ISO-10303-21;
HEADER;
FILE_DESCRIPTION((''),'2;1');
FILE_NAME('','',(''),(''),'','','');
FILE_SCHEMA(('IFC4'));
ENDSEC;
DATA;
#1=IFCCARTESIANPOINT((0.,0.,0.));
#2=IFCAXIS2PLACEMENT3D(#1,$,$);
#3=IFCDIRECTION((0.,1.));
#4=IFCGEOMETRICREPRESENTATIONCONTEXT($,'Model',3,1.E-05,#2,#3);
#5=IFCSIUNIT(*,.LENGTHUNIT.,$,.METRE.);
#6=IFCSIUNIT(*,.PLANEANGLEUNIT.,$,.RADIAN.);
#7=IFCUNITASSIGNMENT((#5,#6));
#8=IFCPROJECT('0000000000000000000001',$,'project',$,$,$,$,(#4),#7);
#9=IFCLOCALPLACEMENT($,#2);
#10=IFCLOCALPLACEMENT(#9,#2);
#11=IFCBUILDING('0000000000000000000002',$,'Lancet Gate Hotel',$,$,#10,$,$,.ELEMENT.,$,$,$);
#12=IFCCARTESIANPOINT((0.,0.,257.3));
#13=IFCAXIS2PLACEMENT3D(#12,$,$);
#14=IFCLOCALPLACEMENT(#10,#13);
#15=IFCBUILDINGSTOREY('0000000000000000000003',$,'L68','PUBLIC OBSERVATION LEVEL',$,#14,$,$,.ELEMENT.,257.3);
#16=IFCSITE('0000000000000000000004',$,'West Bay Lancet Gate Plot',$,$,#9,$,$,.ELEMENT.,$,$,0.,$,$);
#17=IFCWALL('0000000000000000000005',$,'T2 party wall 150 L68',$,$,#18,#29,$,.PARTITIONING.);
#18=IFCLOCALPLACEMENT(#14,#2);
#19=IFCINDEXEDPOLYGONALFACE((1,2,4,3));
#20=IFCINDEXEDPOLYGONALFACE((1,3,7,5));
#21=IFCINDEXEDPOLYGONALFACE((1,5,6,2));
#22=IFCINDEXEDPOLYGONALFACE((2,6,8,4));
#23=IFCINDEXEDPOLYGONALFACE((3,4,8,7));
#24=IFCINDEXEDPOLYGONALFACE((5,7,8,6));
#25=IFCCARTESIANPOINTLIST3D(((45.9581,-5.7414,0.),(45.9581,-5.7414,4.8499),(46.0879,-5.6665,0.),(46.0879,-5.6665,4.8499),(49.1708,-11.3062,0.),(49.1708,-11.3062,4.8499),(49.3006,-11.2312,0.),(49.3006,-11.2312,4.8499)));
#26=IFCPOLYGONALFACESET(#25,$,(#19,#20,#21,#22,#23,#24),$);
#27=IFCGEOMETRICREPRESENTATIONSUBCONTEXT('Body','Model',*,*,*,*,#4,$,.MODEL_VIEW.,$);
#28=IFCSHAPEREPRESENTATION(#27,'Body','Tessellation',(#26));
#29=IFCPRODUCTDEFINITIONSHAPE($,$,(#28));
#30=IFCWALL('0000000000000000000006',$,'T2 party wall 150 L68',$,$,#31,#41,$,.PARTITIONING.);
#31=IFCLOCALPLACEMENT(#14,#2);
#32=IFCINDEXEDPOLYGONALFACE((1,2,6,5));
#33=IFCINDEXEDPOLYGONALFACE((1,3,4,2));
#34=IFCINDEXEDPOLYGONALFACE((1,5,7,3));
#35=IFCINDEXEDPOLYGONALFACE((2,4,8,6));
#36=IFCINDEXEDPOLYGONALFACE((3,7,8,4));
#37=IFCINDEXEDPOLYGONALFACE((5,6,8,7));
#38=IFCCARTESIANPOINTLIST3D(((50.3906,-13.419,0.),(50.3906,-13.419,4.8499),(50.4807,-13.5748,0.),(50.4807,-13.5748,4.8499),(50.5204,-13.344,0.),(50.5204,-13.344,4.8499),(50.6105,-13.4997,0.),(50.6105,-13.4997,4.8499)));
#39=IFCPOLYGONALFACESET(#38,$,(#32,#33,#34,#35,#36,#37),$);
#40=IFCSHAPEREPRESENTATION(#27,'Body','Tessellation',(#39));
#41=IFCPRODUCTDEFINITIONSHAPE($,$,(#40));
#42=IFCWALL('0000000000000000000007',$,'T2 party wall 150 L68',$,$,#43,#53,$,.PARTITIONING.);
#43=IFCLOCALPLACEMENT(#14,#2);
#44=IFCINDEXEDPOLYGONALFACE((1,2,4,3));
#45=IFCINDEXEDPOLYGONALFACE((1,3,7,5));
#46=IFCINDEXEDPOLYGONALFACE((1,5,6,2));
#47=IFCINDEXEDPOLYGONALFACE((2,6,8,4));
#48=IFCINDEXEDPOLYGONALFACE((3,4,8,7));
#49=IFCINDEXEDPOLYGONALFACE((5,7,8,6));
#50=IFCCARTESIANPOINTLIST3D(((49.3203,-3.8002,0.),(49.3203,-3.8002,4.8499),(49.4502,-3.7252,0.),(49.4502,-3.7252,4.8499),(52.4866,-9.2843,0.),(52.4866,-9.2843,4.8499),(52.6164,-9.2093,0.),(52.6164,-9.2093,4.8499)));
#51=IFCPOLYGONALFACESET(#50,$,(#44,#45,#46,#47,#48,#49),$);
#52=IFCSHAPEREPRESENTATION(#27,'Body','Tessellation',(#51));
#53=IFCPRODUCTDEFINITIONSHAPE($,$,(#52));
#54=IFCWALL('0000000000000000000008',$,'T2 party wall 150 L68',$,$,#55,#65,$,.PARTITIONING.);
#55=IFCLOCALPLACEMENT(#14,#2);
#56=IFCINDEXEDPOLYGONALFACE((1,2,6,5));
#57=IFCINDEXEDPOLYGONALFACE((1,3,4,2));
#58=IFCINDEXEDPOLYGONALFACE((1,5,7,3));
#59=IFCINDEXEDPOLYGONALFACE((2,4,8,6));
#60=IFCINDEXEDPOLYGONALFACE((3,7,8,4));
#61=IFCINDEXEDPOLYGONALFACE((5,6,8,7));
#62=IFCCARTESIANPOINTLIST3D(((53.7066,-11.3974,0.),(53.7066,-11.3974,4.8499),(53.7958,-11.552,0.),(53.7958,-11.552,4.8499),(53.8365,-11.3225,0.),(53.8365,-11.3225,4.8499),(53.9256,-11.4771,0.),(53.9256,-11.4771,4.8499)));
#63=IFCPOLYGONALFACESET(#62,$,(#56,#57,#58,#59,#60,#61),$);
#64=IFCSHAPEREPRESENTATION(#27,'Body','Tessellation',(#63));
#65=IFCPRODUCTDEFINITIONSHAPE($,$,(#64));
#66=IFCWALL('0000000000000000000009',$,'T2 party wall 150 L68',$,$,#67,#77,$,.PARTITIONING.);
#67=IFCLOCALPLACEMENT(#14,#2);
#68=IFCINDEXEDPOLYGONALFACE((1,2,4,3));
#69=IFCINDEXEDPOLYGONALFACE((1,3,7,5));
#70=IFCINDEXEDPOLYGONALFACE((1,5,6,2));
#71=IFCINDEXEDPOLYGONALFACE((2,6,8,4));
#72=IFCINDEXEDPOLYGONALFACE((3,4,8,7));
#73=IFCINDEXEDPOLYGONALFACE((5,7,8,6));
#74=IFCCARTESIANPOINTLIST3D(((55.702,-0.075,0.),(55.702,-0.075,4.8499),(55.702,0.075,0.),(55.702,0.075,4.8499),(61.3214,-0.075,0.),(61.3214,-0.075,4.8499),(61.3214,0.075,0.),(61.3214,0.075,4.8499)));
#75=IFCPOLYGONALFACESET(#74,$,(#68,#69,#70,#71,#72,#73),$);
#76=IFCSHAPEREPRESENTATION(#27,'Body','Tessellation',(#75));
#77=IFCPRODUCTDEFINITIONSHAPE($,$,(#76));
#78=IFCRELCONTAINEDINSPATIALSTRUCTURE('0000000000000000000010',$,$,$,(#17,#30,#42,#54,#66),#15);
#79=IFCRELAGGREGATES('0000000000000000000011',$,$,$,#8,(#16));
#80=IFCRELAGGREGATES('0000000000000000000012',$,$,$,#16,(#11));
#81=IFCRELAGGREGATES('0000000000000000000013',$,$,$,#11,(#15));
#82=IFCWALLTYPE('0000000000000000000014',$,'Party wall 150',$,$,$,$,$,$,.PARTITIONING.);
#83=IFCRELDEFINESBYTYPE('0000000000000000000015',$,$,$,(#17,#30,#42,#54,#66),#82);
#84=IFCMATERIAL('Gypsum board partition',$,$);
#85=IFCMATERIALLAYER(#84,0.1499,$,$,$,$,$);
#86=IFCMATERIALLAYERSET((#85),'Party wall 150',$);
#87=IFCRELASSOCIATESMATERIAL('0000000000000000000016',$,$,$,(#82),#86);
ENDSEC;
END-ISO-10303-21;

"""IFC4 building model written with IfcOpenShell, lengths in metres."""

from ifc_helpers import new_model, si_unit, direction, frame, frame_2d, origin, place, context, subcontext, project, spatial, rectangle, extrude, material, layer, layer_set, type_object, element, save


model = new_model("IFC4")

# Units and contexts
model_context = context("Model", 3, precision=1e-05, world=origin(), true_north=direction((0.0, 1.0)))
body_context = subcontext(model_context, "Body", "Model", "MODEL_VIEW")
ifc_project = project(units=[si_unit("LENGTHUNIT", "METRE"), si_unit("PLANEANGLEUNIT", "RADIAN")], contexts=[model_context])

# Site, building, storey
site_placement = place(None, origin())
site = spatial("IfcSite", under=ifc_project, at=site_placement, Name="West Bay Lancet Gate Plot", CompositionType="ELEMENT", RefElevation=0.0)
building_placement = place(site_placement, origin())
building = spatial("IfcBuilding", under=site, at=building_placement, Name="Lancet Gate Hotel", CompositionType="ELEMENT")
storey_placement = place(building_placement, frame((0.0, 0.0, 257.3)))
storey = spatial("IfcBuildingStorey", under=building, at=storey_placement, Name="L68", Description="PUBLIC OBSERVATION LEVEL", CompositionType="ELEMENT", Elevation=257.3)

# Walls
ifc_material_1 = material(Name="Gypsum board partition")
ifc_layer_1 = layer(ifc_material_1, 0.1499)
ifc_layer_set_1 = layer_set([ifc_layer_1], Name="Party wall 150")
wall_type = type_object("IfcWallType", Name="Party wall 150", PredefinedType="PARTITIONING", material=ifc_layer_set_1)
wall_1_placement = place(storey_placement, frame((46.0229, -5.7039, 0.0), z_axis=(0.0, 0.0, 1.0), x_axis=(0.499984, -0.866034, 0.0)))
element("IfcWall", 1, at=wall_1_placement, inside=storey, type_object=wall_type, Name="T2 party wall 150 L68", PredefinedType="PARTITIONING", context=body_context, shape_type="SweptSolid", body=[
    extrude(rectangle(XDim=6.4255, YDim=0.1499, at=frame_2d((3.2129, 0.0))), origin(), (0.0, 0.0, 1.0), 4.8499),
])
wall_2_placement = place(storey_placement, frame((50.4556, -13.3816, 0.0), z_axis=(0.0, 0.0, 1.0), x_axis=(0.500662, -0.865643, 0.0)))
element("IfcWall", 2, at=wall_2_placement, inside=storey, type_object=wall_type, Name="T2 party wall 150 L68", PredefinedType="PARTITIONING", context=body_context, shape_type="SweptSolid", body=[
    extrude(rectangle(XDim=0.1799, YDim=0.1499, at=frame_2d((0.0898, 0.0))), origin(), (0.0, 0.0, 1.0), 4.8499),
])
wall_3_placement = place(storey_placement, frame((49.3853, -3.7627, 0.0), z_axis=(0.0, 0.0, 1.0), x_axis=(0.499999, -0.866026, 0.0)))
element("IfcWall", 3, at=wall_3_placement, inside=storey, type_object=wall_type, Name="T2 party wall 150 L68", PredefinedType="PARTITIONING", context=body_context, shape_type="SweptSolid", body=[
    extrude(rectangle(XDim=6.3325, YDim=0.1499, at=frame_2d((3.1663, 0.0))), origin(), (0.0, 0.0, 1.0), 4.8499),
])
wall_4_placement = place(storey_placement, frame((53.7715, -11.3599, 0.0), z_axis=(0.0, 0.0, 1.0), x_axis=(0.499525, -0.866299, 0.0)))
element("IfcWall", 4, at=wall_4_placement, inside=storey, type_object=wall_type, Name="T2 party wall 150 L68", PredefinedType="PARTITIONING", context=body_context, shape_type="SweptSolid", body=[
    extrude(rectangle(XDim=0.1785, YDim=0.1499, at=frame_2d((0.0894, 0.0))), origin(), (0.0, 0.0, 1.0), 4.8499),
])
wall_5_placement = place(storey_placement, frame((55.7021, 0.0, 0.0), z_axis=(0.0, 0.0, 1.0), x_axis=(1.0, 0.0, 0.0)))
element("IfcWall", 5, at=wall_5_placement, inside=storey, type_object=wall_type, Name="T2 party wall 150 L68", PredefinedType="PARTITIONING", context=body_context, shape_type="SweptSolid", body=[
    extrude(rectangle(XDim=5.6194, YDim=0.1499, at=frame_2d((2.8096, 0.0))), origin(), (0.0, 0.0, 1.0), 4.8499),
])

save(model, "model.ifc")
